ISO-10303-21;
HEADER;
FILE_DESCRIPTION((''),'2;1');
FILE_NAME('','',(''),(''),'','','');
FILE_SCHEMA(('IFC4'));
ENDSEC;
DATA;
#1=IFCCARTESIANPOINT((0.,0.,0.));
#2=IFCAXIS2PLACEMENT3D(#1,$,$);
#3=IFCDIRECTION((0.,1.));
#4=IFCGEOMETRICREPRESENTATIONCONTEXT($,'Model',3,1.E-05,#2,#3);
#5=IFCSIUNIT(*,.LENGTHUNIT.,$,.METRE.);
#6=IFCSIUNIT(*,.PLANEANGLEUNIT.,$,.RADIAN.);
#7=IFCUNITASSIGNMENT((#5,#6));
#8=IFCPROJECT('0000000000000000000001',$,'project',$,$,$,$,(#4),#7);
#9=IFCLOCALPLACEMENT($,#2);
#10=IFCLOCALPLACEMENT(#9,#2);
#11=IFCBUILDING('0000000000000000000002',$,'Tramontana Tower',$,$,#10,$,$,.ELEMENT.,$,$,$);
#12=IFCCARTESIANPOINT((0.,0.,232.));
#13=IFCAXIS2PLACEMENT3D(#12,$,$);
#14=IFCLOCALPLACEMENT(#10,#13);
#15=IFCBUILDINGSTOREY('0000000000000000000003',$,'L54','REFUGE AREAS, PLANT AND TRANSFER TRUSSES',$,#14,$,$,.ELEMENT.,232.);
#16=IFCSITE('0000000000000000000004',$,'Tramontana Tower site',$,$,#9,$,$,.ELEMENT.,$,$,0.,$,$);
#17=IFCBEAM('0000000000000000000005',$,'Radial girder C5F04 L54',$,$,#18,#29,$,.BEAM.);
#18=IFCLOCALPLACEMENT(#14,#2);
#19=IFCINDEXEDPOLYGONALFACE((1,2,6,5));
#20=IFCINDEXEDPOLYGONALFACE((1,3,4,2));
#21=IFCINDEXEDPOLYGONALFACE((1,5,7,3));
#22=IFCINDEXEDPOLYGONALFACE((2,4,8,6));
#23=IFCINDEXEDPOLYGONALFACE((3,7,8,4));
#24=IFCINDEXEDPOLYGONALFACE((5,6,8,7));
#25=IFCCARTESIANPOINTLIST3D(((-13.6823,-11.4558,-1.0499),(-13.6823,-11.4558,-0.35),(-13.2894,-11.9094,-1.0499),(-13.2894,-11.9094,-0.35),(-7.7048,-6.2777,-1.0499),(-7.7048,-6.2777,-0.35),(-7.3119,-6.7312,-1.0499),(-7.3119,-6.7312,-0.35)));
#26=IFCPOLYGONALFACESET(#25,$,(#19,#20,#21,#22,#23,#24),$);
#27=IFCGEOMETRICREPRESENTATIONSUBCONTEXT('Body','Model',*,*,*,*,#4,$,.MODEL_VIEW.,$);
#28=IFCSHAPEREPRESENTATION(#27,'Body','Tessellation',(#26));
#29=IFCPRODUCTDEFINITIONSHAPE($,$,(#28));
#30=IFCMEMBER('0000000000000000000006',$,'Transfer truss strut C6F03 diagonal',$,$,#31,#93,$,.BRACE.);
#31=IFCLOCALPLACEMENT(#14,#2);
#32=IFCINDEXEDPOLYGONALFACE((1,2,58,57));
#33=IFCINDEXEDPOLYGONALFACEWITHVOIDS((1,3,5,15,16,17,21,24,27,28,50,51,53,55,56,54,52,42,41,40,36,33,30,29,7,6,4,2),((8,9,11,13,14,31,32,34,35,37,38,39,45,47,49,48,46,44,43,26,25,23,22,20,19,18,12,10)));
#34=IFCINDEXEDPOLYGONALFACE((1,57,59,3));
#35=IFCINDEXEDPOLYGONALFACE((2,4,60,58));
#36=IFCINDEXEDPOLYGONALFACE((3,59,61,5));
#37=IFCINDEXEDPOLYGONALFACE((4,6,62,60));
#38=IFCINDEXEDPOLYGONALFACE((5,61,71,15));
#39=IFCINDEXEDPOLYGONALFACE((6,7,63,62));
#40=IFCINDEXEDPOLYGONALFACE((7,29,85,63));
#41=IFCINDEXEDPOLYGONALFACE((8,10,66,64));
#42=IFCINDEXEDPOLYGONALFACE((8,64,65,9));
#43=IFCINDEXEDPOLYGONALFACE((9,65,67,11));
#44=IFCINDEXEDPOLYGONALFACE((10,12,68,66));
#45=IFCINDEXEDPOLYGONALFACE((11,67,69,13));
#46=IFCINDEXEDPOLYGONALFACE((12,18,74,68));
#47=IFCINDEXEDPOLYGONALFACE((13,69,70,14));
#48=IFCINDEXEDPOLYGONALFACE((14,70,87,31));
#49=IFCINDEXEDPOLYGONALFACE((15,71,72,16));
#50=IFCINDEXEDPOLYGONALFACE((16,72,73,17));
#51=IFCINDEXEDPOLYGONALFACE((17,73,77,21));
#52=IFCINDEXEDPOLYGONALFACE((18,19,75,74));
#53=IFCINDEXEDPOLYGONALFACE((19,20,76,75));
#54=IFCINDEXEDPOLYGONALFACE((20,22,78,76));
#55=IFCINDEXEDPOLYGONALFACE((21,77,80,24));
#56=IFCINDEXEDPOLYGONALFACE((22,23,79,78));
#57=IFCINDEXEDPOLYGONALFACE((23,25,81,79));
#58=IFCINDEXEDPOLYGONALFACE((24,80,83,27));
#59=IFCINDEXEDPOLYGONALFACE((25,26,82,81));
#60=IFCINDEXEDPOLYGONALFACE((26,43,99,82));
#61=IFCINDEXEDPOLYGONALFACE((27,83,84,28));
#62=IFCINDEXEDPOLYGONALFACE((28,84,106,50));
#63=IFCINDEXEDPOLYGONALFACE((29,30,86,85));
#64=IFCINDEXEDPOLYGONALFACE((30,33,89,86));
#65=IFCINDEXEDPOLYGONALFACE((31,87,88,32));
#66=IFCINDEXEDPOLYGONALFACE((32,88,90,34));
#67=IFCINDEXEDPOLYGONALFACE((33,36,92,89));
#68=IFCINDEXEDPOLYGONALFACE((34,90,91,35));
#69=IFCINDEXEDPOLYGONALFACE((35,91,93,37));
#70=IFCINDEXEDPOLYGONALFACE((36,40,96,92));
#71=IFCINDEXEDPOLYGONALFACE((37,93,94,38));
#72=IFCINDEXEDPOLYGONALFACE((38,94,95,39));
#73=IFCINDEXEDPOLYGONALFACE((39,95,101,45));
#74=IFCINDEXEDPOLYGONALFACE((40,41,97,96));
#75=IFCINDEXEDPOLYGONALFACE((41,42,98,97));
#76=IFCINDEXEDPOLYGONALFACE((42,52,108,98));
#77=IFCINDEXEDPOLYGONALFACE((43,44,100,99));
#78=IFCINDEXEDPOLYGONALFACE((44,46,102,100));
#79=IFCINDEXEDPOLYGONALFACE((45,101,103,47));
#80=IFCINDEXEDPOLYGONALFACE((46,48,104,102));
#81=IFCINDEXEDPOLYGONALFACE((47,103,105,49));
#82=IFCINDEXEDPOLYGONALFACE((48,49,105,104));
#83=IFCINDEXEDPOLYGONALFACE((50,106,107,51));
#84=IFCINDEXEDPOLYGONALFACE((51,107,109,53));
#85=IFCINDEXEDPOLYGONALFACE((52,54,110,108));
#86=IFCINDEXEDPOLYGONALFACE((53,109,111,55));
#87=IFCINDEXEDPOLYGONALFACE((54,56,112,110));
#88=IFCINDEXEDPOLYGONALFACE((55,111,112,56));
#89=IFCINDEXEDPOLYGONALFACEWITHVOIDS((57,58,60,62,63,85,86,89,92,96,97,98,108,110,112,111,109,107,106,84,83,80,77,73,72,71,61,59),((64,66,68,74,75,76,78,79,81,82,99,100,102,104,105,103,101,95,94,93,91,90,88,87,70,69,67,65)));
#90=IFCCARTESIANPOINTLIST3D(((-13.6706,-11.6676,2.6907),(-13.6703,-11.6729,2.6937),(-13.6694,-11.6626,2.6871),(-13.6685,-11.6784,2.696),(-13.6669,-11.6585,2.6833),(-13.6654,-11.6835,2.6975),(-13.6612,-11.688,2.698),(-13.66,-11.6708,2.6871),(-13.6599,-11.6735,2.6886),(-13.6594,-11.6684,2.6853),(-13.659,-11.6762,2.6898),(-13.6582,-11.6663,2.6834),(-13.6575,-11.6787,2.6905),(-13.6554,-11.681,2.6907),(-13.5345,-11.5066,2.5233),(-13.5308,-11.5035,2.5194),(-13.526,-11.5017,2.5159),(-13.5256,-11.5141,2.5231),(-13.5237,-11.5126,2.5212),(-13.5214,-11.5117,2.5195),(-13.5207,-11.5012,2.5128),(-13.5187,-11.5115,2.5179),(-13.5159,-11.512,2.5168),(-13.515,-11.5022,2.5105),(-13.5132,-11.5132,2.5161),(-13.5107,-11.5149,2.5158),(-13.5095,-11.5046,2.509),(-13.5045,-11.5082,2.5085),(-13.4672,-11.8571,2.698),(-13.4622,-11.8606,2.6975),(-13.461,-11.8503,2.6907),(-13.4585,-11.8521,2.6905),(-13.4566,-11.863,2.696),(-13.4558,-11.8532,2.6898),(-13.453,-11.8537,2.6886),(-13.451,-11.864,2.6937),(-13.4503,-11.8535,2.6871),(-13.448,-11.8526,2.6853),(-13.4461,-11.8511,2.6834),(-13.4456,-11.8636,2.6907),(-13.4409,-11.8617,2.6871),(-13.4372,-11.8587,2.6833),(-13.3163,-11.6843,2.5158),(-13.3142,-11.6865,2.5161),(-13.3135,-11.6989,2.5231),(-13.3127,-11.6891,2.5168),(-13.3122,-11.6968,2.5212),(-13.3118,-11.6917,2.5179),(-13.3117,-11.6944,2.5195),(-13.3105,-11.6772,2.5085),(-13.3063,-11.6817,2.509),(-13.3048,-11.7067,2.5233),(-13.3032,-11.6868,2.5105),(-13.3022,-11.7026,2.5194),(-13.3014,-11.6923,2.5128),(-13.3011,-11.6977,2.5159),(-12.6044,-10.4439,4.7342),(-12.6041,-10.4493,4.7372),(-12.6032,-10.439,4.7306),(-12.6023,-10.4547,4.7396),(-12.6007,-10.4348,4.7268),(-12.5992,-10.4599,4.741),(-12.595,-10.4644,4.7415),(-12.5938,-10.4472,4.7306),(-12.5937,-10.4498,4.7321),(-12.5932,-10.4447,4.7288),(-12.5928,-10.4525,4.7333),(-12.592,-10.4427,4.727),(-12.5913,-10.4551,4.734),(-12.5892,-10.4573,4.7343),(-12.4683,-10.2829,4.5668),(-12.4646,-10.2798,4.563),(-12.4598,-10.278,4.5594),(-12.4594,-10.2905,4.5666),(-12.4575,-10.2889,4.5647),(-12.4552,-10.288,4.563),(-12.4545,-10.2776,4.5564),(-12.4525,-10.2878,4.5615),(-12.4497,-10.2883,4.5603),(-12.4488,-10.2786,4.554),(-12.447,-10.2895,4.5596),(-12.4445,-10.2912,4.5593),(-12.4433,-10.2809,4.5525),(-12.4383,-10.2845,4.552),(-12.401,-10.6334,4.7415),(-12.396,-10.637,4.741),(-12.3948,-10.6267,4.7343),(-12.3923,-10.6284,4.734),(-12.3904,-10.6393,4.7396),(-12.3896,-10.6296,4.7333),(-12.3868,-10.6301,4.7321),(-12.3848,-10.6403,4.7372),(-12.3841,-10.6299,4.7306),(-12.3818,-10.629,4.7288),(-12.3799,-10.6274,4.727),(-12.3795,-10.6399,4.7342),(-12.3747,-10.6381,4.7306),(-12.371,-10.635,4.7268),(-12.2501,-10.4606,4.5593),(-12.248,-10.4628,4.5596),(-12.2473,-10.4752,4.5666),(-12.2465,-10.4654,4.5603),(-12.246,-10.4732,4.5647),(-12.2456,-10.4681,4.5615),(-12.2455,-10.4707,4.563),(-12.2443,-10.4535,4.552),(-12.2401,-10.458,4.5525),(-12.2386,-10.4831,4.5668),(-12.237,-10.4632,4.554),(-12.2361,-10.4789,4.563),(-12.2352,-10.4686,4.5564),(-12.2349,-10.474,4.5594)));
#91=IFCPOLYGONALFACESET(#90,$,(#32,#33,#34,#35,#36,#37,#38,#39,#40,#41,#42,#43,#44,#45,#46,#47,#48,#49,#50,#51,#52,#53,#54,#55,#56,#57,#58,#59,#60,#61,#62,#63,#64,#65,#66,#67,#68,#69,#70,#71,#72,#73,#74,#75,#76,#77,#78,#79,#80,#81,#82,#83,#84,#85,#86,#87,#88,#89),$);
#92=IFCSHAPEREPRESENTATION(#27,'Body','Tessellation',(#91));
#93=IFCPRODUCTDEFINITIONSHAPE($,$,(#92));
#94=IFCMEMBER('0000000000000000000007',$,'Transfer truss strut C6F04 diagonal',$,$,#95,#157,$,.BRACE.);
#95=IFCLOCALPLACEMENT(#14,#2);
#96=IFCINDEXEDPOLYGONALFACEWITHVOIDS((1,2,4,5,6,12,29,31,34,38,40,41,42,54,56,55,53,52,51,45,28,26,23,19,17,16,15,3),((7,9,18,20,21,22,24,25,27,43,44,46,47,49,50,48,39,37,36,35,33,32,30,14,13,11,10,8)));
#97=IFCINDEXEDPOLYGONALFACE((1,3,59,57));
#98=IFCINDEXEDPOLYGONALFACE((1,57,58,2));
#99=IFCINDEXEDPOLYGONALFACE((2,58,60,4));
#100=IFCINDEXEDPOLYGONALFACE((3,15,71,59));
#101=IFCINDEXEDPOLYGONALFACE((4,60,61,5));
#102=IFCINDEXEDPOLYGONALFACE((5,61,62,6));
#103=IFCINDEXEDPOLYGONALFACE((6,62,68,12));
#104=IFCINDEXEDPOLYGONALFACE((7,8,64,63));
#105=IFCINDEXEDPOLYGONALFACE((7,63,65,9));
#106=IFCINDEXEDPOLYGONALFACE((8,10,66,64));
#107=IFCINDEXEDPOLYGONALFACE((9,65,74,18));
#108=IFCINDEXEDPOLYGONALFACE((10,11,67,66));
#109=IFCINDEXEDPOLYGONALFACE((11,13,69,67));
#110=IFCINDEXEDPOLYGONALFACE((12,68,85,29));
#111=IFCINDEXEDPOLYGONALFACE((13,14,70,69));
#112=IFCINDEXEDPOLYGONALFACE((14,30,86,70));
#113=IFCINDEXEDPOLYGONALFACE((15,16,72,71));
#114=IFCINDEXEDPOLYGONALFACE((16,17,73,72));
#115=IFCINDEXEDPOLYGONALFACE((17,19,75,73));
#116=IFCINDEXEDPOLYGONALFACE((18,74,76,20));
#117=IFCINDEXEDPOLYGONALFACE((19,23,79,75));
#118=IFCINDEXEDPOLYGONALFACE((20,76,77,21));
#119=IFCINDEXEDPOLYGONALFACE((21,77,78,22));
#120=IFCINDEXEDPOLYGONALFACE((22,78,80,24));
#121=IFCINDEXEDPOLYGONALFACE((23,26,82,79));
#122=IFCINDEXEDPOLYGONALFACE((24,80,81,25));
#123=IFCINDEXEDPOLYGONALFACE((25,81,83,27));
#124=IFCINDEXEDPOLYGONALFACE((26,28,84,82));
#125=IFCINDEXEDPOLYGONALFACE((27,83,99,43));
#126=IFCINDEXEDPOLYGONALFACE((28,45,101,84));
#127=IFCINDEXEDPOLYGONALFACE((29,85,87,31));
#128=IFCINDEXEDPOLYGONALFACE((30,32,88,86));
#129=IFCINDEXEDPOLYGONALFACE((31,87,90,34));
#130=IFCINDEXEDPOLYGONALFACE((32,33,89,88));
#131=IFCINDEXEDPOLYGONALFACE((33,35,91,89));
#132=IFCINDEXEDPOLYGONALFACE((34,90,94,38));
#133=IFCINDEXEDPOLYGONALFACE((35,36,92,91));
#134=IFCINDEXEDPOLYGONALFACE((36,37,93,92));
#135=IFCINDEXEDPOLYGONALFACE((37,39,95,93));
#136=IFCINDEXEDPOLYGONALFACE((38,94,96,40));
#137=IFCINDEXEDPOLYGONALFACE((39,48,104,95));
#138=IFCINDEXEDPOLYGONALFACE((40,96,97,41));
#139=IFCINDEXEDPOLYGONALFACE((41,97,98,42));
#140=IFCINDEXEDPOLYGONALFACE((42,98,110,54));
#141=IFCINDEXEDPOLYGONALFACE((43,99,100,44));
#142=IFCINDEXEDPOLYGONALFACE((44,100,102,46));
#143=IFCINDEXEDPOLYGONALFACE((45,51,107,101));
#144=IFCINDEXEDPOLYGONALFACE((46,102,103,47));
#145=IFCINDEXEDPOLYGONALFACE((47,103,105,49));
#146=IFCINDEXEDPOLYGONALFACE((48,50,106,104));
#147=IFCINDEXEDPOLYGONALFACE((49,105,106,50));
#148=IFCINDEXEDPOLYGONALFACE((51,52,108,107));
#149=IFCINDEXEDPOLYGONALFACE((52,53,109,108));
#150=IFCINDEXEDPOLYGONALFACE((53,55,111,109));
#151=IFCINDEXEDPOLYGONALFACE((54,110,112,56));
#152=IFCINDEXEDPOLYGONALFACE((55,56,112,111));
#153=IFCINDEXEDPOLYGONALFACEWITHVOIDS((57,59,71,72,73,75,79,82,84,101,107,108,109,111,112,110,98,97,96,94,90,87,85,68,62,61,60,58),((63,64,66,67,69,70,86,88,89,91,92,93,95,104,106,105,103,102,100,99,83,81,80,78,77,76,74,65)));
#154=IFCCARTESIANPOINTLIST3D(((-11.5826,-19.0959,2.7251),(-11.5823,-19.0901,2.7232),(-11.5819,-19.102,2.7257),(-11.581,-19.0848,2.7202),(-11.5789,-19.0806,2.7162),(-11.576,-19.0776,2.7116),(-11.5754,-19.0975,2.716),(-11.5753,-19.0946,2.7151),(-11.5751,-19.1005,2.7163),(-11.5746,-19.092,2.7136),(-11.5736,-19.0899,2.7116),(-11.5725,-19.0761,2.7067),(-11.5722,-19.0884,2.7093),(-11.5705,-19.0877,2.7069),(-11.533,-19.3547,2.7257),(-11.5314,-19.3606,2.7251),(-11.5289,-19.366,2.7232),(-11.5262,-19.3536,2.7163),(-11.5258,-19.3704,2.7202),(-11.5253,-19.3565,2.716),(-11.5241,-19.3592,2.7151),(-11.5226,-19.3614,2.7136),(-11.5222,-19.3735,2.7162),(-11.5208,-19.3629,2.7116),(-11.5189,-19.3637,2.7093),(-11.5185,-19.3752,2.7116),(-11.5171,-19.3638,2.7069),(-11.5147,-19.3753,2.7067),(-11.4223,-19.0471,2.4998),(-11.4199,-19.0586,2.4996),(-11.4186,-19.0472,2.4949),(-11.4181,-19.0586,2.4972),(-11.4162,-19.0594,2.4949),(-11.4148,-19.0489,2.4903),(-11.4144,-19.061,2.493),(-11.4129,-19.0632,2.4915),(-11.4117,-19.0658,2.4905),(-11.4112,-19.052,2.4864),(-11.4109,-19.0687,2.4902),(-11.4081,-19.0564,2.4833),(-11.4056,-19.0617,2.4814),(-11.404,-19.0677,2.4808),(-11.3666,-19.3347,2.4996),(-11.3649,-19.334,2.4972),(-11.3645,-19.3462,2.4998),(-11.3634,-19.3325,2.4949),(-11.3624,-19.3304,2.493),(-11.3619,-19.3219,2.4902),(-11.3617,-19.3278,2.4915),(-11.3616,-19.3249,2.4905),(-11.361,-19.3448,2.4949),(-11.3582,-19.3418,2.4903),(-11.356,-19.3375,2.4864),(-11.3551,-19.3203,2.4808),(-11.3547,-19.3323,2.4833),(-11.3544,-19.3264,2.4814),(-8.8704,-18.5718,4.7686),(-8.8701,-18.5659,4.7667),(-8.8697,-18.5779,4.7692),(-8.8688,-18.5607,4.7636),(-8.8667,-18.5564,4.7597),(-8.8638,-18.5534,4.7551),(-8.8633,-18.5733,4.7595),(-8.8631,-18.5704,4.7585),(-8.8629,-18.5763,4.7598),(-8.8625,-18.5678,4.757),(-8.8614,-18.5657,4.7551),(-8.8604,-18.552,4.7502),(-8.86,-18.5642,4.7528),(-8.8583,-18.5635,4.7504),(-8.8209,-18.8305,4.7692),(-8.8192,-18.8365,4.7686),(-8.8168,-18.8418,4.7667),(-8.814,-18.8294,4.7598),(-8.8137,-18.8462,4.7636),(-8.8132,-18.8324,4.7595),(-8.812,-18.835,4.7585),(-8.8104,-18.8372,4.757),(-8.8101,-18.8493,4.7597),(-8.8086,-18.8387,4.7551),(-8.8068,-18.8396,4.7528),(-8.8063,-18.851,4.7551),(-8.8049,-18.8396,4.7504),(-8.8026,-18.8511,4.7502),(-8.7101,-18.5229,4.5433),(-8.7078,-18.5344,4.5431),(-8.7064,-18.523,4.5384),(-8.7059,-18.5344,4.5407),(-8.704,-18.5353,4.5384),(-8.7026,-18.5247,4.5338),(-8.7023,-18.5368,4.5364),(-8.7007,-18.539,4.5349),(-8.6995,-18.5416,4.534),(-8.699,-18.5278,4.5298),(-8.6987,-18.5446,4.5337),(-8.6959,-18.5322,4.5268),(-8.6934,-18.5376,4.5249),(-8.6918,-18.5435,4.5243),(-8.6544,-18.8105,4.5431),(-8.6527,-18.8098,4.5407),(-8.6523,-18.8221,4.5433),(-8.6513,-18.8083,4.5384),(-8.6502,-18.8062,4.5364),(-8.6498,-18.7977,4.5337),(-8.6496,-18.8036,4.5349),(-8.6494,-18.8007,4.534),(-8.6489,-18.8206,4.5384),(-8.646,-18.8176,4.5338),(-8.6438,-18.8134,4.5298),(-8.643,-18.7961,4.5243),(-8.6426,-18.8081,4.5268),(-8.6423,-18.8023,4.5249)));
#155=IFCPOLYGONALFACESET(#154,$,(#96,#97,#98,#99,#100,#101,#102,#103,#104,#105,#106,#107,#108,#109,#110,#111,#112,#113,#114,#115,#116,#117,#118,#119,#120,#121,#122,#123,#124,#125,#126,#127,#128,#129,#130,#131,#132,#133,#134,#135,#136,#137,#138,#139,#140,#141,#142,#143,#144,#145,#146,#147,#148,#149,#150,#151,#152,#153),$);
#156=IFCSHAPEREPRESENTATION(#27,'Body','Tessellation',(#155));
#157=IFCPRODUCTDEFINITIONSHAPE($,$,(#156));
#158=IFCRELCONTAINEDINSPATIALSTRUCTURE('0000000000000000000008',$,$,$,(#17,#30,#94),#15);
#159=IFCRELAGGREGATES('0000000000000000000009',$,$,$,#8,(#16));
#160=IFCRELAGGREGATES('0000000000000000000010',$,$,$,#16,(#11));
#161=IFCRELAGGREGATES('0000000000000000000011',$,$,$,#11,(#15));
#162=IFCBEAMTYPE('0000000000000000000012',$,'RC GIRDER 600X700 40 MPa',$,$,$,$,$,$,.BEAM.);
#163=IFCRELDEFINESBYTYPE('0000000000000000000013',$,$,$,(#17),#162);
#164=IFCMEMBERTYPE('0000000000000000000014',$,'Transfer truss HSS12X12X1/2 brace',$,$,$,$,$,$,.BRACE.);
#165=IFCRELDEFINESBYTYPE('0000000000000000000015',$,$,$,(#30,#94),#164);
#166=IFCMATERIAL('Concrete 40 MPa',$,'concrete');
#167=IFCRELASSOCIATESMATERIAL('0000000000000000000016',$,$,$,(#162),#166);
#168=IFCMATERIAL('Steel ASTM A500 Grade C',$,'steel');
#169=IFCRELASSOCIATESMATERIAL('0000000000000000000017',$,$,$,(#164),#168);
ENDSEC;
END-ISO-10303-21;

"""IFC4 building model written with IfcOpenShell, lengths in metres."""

from ifc_helpers import new_model, si_unit, direction, frame, origin, origin_2d, place, context, subcontext, project, spatial, rectangle, hollow_rectangle, extrude, material, material_profile, profile_set, type_object, element, save


model = new_model("IFC4")

# Units and contexts
model_context = context("Model", 3, precision=1e-05, world=origin(), true_north=direction((0.0, 1.0)))
body_context = subcontext(model_context, "Body", "Model", "MODEL_VIEW")
ifc_project = project(units=[si_unit("LENGTHUNIT", "METRE"), si_unit("PLANEANGLEUNIT", "RADIAN")], contexts=[model_context])

# Site, building, storey
site_placement = place(None, origin())
site = spatial("IfcSite", under=ifc_project, at=site_placement, Name="Tramontana Tower site", CompositionType="ELEMENT", RefElevation=0.0)
building_placement = place(site_placement, origin())
building = spatial("IfcBuilding", under=site, at=building_placement, Name="Tramontana Tower", CompositionType="ELEMENT")
storey_placement = place(building_placement, frame((0.0, 0.0, 232.0)))
storey = spatial("IfcBuildingStorey", under=building, at=storey_placement, Name="L54", Description="REFUGE AREAS, PLANT AND TRANSFER TRUSSES", CompositionType="ELEMENT", Elevation=232.0)

# Beam
ifc_material_1 = material(Name="Concrete 40 MPa", Category="concrete")
ifc_material_profile_1 = material_profile(ifc_material_1, rectangle(XDim=0.6001, YDim=0.7, at=origin_2d()), Name="RC GIRDER 600X700 40 MPa")
ifc_profile_set_1 = profile_set([ifc_material_profile_1], Name="Concrete 40 MPa")
beam_type = type_object("IfcBeamType", Name="RC GIRDER 600X700 40 MPa", PredefinedType="BEAM", material=ifc_profile_set_1)
beam_placement = place(storey_placement, frame((-13.4858, -11.6826, -0.7), z_axis=(0.755834, 0.654764, 0.0), x_axis=(-0.654764, 0.755834, 0.0)))
element("IfcBeam", 1, at=beam_placement, inside=storey, type_object=beam_type, Name="Radial girder C5F04 L54", PredefinedType="BEAM", context=body_context, shape_type="SweptSolid", body=[
    extrude(rectangle(XDim=0.6001, YDim=0.7, at=origin_2d()), origin(), (0.0, 0.0, 1.0), 7.9084),
])

# Members
ifc_material_2 = material(Name="Steel ASTM A500 Grade C", Category="steel")
ifc_material_profile_2 = material_profile(ifc_material_2, hollow_rectangle(XDim=0.3047, YDim=0.3047, WallThickness=0.0117, InnerFilletRadius=0.0117, OuterFilletRadius=0.0237, at=origin_2d()), Name="HSS12X12X1/2")
ifc_profile_set_2 = profile_set([ifc_material_profile_2], Name="Steel ASTM A500 Grade C")
member_type_1 = type_object("IfcMemberType", Name="Transfer truss HSS12X12X1/2 brace", PredefinedType="BRACE", material=ifc_profile_set_2)
member_1_placement = place(storey_placement, frame((-13.4858, -11.6826, 2.6033), z_axis=(0.408563, 0.468908, 0.783072), x_axis=(-0.753954, 0.656927, 0.0)))
element("IfcMember", 2, at=member_1_placement, inside=storey, type_object=member_type_1, Name="Transfer truss strut C6F03 diagonal", PredefinedType="BRACE", context=body_context, shape_type="SweptSolid", body=[
    extrude(hollow_rectangle(XDim=0.3047, YDim=0.3047, WallThickness=0.0117, InnerFilletRadius=0.0117, OuterFilletRadius=0.0237, at=origin_2d()), origin(), (0.0, 0.0, 1.0), 2.6096),
])
member_2_placement = place(storey_placement, frame((-11.4685, -19.2112, 2.6033), z_axis=(0.78933, 0.152551, 0.594715), x_axis=(-0.189755, 0.981831, 0.0)))
element("IfcMember", 3, at=member_2_placement, inside=storey, type_object=member_type_1, Name="Transfer truss strut C6F04 diagonal", PredefinedType="BRACE", context=body_context, shape_type="SweptSolid", body=[
    extrude(hollow_rectangle(XDim=0.3047, YDim=0.3047, WallThickness=0.0117, InnerFilletRadius=0.0117, OuterFilletRadius=0.0237, at=origin_2d()), origin(), (0.0, 0.0, 1.0), 3.436),
])

save(model, "model.ifc")
